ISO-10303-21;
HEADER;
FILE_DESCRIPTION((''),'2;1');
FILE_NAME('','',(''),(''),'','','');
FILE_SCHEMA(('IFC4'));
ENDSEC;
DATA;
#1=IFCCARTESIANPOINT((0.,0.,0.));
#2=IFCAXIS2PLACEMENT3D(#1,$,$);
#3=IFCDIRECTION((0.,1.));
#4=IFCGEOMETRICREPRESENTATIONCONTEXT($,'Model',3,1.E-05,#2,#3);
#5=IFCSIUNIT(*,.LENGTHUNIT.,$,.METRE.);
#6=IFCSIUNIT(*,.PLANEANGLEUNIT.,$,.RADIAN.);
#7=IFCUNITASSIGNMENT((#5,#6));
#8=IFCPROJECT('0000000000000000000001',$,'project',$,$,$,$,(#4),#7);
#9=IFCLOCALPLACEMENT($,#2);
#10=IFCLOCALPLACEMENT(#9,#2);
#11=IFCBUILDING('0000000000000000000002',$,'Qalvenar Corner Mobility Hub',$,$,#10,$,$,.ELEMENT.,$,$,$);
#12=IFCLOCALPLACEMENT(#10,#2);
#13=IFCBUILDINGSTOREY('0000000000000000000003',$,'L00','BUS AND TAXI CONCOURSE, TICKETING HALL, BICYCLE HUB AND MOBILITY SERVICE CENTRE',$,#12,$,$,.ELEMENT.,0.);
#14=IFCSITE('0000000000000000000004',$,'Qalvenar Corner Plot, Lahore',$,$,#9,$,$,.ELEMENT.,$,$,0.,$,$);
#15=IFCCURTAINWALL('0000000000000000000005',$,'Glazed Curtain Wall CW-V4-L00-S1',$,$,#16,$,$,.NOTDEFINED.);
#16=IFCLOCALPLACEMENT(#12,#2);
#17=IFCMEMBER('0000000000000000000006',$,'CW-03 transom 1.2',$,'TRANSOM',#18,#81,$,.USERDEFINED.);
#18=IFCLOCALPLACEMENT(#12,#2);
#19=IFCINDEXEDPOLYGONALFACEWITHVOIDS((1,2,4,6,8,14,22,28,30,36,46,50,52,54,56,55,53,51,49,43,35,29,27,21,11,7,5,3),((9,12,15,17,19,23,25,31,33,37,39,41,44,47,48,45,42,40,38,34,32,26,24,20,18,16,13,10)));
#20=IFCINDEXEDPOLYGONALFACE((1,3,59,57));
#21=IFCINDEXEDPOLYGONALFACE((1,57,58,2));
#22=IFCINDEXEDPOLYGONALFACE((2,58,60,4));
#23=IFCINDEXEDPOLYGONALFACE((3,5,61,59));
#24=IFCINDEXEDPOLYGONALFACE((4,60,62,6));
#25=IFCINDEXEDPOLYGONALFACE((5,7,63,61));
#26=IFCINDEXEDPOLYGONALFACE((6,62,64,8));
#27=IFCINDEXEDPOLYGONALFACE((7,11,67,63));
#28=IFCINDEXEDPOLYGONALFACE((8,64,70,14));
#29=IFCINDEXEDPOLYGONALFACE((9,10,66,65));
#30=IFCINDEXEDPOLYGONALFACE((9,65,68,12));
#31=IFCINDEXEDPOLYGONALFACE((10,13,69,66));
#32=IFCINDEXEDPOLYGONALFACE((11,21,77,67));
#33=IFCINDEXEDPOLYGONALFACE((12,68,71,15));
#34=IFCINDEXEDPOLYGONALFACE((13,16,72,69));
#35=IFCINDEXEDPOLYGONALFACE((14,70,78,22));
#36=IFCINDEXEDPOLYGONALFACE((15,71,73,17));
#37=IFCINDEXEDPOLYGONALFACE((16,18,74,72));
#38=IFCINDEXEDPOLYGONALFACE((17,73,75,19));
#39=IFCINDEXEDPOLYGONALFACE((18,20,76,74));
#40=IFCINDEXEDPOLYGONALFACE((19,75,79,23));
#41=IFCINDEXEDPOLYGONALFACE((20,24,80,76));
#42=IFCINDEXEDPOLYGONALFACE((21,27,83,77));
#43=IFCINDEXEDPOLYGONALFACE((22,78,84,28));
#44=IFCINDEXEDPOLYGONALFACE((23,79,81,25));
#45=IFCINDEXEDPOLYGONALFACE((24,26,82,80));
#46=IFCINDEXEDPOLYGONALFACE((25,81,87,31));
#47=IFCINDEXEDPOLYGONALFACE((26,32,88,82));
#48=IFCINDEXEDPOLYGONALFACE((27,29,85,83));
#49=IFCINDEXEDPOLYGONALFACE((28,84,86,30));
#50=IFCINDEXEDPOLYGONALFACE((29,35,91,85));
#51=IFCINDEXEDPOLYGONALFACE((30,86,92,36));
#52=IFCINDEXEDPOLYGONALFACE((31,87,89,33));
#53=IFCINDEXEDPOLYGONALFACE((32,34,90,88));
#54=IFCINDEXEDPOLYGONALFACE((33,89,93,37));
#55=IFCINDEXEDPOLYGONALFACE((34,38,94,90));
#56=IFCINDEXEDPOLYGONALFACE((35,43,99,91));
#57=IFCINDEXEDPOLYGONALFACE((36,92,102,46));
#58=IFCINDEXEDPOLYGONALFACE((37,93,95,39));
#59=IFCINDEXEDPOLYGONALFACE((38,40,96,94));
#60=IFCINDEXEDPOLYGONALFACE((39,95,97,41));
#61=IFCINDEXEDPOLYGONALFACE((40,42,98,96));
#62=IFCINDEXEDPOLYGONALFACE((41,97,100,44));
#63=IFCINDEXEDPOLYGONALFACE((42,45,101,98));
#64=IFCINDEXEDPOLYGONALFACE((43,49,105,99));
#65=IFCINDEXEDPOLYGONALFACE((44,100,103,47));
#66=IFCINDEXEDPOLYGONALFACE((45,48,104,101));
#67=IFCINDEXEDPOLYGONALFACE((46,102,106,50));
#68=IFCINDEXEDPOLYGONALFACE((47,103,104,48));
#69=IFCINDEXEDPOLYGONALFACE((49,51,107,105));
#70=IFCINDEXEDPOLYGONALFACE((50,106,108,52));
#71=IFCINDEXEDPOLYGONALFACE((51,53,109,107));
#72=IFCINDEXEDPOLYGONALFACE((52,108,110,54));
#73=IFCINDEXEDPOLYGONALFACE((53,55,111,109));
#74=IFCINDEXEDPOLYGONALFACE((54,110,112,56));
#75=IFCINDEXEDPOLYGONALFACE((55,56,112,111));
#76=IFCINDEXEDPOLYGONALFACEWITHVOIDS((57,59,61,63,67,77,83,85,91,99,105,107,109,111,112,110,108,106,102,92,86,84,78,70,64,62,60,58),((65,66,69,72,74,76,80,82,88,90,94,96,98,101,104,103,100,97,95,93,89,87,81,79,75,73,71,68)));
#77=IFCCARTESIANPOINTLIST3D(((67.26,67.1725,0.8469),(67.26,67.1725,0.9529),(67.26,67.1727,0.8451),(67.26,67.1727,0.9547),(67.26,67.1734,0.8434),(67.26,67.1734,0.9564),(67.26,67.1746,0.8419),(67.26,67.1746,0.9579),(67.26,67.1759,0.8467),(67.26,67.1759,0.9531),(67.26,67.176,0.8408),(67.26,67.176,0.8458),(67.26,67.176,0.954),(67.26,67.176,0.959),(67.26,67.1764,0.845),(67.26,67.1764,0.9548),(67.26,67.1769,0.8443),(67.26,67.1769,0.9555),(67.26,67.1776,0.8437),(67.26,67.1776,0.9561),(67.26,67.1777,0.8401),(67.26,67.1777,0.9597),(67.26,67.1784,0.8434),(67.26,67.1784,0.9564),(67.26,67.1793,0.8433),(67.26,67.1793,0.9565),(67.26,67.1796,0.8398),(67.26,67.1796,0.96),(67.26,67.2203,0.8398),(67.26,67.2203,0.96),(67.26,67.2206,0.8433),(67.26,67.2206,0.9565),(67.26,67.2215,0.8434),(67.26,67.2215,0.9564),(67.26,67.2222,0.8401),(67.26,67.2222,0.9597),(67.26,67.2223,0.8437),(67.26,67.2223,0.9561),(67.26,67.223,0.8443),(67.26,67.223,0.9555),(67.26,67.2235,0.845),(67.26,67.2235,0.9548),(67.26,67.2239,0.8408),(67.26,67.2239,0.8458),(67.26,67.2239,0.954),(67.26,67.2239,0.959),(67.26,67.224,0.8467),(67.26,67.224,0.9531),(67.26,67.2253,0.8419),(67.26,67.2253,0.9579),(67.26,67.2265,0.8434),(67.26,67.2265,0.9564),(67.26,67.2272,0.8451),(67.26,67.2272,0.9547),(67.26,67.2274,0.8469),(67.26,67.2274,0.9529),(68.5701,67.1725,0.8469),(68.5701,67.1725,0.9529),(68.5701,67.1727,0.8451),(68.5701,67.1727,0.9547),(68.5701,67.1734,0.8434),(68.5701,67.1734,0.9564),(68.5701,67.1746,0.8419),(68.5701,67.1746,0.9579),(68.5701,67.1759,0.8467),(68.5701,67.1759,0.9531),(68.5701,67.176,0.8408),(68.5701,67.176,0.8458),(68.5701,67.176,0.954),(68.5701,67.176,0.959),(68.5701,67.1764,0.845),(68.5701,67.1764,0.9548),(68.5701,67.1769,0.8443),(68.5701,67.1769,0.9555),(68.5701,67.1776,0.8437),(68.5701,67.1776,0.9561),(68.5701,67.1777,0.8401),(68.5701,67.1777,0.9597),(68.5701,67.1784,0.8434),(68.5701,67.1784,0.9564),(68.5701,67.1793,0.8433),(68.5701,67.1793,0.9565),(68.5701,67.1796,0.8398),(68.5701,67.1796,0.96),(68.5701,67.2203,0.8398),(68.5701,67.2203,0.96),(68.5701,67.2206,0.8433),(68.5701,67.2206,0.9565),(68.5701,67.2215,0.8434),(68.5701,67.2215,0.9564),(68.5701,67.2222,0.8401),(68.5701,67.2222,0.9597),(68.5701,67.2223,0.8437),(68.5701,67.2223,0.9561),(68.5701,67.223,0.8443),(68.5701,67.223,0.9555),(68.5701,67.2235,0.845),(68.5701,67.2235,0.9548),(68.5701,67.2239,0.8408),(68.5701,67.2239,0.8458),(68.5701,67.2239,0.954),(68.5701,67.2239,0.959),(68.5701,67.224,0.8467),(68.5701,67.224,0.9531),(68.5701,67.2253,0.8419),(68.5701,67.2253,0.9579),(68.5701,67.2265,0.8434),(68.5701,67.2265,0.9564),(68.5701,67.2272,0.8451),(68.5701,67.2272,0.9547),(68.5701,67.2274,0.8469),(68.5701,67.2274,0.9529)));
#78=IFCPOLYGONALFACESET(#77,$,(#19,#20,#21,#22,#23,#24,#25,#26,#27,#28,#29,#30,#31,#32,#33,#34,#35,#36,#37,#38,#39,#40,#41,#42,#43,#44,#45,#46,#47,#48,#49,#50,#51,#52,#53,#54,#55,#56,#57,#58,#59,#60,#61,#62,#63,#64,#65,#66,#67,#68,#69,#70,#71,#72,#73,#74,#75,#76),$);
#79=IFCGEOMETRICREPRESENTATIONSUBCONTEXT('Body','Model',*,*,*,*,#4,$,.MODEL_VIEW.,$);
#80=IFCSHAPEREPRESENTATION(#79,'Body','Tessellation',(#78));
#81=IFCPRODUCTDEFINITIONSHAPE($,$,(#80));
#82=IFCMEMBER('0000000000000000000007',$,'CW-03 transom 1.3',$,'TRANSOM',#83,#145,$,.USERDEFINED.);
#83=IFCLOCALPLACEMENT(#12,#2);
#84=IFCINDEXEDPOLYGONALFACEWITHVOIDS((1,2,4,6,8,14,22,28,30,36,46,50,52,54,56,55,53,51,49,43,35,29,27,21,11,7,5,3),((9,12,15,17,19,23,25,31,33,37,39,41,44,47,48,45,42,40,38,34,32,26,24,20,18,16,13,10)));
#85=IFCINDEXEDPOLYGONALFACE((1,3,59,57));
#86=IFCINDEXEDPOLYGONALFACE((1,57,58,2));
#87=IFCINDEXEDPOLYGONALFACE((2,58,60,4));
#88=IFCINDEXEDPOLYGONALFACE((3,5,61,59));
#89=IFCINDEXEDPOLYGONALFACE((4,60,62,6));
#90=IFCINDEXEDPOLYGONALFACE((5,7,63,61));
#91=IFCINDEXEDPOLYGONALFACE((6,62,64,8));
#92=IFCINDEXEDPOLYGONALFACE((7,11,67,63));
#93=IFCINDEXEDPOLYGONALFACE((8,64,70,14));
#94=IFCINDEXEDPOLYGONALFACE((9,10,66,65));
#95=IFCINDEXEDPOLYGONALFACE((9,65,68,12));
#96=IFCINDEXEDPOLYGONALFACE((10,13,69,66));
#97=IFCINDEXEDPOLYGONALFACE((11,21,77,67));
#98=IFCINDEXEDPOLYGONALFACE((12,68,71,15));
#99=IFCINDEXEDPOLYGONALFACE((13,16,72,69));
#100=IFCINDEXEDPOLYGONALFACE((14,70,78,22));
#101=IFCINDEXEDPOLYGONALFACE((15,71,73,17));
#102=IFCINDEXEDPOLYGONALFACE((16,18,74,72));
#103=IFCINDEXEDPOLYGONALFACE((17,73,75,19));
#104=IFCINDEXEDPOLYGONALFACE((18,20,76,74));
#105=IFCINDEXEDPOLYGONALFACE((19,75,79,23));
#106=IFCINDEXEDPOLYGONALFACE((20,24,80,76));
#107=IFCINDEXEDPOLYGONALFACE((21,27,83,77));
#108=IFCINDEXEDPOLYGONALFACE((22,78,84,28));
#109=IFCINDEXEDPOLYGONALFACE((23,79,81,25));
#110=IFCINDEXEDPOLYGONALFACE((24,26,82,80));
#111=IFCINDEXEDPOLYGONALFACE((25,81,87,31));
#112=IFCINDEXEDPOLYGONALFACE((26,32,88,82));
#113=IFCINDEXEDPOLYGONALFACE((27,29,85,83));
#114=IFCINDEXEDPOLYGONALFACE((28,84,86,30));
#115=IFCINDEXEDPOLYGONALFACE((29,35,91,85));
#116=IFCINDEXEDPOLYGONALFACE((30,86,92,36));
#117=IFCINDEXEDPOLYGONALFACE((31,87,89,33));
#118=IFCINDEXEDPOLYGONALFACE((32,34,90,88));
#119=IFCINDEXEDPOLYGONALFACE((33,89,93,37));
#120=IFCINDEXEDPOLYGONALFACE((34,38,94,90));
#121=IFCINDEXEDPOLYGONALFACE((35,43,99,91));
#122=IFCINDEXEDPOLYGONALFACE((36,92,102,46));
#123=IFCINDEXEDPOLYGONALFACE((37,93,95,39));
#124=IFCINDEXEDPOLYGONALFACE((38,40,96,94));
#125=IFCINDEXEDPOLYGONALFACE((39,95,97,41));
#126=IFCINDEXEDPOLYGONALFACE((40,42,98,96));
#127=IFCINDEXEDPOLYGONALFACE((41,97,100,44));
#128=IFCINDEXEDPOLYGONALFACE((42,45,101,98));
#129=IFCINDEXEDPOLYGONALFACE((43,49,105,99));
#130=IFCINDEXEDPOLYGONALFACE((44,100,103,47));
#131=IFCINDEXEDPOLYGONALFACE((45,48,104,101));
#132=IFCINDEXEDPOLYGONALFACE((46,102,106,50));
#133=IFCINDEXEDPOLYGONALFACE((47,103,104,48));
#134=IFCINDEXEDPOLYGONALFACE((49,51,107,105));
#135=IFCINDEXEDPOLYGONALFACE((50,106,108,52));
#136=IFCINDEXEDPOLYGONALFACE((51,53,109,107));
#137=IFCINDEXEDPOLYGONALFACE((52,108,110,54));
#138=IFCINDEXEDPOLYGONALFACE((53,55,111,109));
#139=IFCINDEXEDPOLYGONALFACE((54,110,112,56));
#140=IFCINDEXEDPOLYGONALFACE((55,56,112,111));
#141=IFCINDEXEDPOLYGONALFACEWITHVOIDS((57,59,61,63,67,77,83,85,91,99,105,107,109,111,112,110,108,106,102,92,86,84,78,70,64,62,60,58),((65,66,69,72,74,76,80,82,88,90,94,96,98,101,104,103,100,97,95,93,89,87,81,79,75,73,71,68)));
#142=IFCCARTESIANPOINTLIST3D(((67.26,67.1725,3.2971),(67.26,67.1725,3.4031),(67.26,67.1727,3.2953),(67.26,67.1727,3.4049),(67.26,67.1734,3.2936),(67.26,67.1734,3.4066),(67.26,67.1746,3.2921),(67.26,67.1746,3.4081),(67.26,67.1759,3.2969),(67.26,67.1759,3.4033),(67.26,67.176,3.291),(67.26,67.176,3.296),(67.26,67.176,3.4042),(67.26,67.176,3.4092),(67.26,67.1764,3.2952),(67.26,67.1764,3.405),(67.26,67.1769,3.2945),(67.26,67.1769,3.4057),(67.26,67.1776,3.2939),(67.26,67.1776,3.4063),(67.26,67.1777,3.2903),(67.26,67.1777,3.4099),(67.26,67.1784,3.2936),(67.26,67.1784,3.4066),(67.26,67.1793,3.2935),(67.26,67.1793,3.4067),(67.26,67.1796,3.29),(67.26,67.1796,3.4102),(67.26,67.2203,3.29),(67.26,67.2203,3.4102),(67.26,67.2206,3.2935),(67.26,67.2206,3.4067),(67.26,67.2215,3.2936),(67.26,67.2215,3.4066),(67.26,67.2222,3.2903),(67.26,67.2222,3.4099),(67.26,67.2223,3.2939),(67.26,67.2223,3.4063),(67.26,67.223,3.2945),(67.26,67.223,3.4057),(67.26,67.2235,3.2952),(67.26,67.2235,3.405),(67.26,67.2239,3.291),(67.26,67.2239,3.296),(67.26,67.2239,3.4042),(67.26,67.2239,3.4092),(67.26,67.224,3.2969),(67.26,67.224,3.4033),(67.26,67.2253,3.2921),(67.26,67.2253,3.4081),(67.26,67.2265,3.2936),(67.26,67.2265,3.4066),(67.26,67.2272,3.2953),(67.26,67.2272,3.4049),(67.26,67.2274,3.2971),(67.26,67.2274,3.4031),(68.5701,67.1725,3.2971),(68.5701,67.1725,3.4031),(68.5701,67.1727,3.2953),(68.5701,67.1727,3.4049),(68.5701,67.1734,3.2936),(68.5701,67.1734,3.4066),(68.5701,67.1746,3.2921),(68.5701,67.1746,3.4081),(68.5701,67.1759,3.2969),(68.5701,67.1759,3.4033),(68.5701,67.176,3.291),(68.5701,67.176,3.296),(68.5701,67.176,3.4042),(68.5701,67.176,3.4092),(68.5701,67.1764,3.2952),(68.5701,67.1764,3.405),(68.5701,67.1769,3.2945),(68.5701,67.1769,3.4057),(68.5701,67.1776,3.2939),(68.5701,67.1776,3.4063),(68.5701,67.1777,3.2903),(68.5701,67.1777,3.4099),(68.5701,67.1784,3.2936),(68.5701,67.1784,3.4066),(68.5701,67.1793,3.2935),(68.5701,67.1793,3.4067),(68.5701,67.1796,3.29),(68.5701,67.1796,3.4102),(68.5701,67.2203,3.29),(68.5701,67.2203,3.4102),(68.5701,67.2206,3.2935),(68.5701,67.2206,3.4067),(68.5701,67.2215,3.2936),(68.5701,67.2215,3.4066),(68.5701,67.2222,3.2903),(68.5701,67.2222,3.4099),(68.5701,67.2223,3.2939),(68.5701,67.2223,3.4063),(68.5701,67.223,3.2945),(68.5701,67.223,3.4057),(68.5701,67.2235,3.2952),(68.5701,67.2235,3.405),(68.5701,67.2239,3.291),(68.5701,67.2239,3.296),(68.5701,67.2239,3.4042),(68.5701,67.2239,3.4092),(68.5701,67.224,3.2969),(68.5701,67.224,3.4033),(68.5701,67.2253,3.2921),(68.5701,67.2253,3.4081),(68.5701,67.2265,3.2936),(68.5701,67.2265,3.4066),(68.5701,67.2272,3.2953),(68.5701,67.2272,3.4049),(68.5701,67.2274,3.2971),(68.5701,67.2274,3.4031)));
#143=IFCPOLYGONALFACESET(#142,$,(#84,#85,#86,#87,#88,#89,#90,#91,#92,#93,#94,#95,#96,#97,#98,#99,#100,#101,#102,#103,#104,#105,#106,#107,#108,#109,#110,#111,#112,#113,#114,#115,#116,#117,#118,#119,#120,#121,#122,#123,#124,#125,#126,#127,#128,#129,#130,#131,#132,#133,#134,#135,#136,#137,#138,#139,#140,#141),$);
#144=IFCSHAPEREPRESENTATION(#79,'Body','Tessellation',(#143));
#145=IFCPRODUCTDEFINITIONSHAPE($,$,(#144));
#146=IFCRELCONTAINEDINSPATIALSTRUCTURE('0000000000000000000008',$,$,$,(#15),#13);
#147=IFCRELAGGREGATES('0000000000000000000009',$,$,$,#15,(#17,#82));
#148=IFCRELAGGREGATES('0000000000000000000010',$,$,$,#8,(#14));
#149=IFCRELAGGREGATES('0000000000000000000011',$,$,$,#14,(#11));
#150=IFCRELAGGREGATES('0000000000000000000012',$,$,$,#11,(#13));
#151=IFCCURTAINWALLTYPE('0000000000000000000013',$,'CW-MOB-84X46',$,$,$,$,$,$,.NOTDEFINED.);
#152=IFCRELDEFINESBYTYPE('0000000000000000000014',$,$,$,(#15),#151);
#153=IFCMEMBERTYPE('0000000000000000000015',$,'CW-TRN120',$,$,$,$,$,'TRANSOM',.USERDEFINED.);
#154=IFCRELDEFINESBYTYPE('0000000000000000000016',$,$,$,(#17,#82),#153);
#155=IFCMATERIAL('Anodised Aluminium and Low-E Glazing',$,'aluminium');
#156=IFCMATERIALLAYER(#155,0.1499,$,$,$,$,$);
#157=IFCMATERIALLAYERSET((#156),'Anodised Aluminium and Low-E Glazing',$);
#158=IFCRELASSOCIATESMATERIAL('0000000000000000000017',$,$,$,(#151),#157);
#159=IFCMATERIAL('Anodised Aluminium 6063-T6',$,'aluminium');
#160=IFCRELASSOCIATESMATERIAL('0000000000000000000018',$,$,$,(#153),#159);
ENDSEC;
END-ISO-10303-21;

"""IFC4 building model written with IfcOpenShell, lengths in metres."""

from ifc_helpers import new_model, si_unit, direction, frame, origin, origin_2d, place, context, subcontext, project, spatial, hollow_rectangle, extrude, material, layer, layer_set, material_profile, profile_set, type_object, element, aggregate, save


model = new_model("IFC4")

# Units and contexts
model_context = context("Model", 3, precision=1e-05, world=origin(), true_north=direction((0.0, 1.0)))
body_context = subcontext(model_context, "Body", "Model", "MODEL_VIEW")
ifc_project = project(units=[si_unit("LENGTHUNIT", "METRE"), si_unit("PLANEANGLEUNIT", "RADIAN")], contexts=[model_context])

# Site, building, storey
site_placement = place(None, origin())
site = spatial("IfcSite", under=ifc_project, at=site_placement, Name="Qalvenar Corner Plot, Lahore", CompositionType="ELEMENT", RefElevation=0.0)
building_placement = place(site_placement, origin())
building = spatial("IfcBuilding", under=site, at=building_placement, Name="Qalvenar Corner Mobility Hub", CompositionType="ELEMENT")
storey_placement = place(building_placement, origin())
storey = spatial("IfcBuildingStorey", under=building, at=storey_placement, Name="L00", Description="BUS AND TAXI CONCOURSE, TICKETING HALL, BICYCLE HUB AND MOBILITY SERVICE CENTRE", CompositionType="ELEMENT", Elevation=0.0)

# Curtain wall, members
ifc_material_1 = material(Name="Anodised Aluminium and Low-E Glazing", Category="aluminium")
ifc_layer_1 = layer(ifc_material_1, 0.1499)
ifc_layer_set_1 = layer_set([ifc_layer_1], Name="Anodised Aluminium and Low-E Glazing")
curtain_wall_type = type_object("IfcCurtainWallType", Name="CW-MOB-84X46", PredefinedType="NOTDEFINED", material=ifc_layer_set_1)
curtain_wall_placement = place(storey_placement, origin())
curtain_wall = element("IfcCurtainWall", 1, at=curtain_wall_placement, inside=storey, type_object=curtain_wall_type, Name="Glazed Curtain Wall CW-V4-L00-S1", PredefinedType="NOTDEFINED")
ifc_material_2 = material(Name="Anodised Aluminium 6063-T6", Category="aluminium")
ifc_material_profile_1 = material_profile(ifc_material_2, hollow_rectangle(XDim=0.0549, YDim=0.1201, WallThickness=0.0034, InnerFilletRadius=0.0034, OuterFilletRadius=0.0071, at=origin_2d()), Name="RHS120x55x3.5")
ifc_profile_set_1 = profile_set([ifc_material_profile_1], Name="Anodised Aluminium 6063-T6")
member_type_1 = type_object("IfcMemberType", Name="CW-TRN120", ElementType="TRANSOM", PredefinedType="USERDEFINED", material=ifc_profile_set_1)
member_1_placement = place(storey_placement, frame((67.26, 67.2, 0.8999), z_axis=(1.0, 0.0, 0.0), x_axis=(0.0, 1.0, 0.0)))
member_1 = element("IfcMember", 2, at=member_1_placement, type_object=member_type_1, Name="CW-03 transom 1.2", ObjectType="TRANSOM", PredefinedType="USERDEFINED", context=body_context, shape_type="SweptSolid", body=[
    extrude(hollow_rectangle(XDim=0.0549, YDim=0.1201, WallThickness=0.0034, InnerFilletRadius=0.0034, OuterFilletRadius=0.0071, at=origin_2d()), origin(), (0.0, 0.0, 1.0), 1.3101),
])
member_2_placement = place(storey_placement, frame((67.26, 67.2, 3.3501), z_axis=(1.0, 0.0, 0.0), x_axis=(0.0, 1.0, 0.0)))
member_2 = element("IfcMember", 3, at=member_2_placement, type_object=member_type_1, Name="CW-03 transom 1.3", ObjectType="TRANSOM", PredefinedType="USERDEFINED", context=body_context, shape_type="SweptSolid", body=[
    extrude(hollow_rectangle(XDim=0.0549, YDim=0.1201, WallThickness=0.0034, InnerFilletRadius=0.0034, OuterFilletRadius=0.0071, at=origin_2d()), origin(), (0.0, 0.0, 1.0), 1.3101),
])
aggregate(curtain_wall, [member_1, member_2])

save(model, "model.ifc")
